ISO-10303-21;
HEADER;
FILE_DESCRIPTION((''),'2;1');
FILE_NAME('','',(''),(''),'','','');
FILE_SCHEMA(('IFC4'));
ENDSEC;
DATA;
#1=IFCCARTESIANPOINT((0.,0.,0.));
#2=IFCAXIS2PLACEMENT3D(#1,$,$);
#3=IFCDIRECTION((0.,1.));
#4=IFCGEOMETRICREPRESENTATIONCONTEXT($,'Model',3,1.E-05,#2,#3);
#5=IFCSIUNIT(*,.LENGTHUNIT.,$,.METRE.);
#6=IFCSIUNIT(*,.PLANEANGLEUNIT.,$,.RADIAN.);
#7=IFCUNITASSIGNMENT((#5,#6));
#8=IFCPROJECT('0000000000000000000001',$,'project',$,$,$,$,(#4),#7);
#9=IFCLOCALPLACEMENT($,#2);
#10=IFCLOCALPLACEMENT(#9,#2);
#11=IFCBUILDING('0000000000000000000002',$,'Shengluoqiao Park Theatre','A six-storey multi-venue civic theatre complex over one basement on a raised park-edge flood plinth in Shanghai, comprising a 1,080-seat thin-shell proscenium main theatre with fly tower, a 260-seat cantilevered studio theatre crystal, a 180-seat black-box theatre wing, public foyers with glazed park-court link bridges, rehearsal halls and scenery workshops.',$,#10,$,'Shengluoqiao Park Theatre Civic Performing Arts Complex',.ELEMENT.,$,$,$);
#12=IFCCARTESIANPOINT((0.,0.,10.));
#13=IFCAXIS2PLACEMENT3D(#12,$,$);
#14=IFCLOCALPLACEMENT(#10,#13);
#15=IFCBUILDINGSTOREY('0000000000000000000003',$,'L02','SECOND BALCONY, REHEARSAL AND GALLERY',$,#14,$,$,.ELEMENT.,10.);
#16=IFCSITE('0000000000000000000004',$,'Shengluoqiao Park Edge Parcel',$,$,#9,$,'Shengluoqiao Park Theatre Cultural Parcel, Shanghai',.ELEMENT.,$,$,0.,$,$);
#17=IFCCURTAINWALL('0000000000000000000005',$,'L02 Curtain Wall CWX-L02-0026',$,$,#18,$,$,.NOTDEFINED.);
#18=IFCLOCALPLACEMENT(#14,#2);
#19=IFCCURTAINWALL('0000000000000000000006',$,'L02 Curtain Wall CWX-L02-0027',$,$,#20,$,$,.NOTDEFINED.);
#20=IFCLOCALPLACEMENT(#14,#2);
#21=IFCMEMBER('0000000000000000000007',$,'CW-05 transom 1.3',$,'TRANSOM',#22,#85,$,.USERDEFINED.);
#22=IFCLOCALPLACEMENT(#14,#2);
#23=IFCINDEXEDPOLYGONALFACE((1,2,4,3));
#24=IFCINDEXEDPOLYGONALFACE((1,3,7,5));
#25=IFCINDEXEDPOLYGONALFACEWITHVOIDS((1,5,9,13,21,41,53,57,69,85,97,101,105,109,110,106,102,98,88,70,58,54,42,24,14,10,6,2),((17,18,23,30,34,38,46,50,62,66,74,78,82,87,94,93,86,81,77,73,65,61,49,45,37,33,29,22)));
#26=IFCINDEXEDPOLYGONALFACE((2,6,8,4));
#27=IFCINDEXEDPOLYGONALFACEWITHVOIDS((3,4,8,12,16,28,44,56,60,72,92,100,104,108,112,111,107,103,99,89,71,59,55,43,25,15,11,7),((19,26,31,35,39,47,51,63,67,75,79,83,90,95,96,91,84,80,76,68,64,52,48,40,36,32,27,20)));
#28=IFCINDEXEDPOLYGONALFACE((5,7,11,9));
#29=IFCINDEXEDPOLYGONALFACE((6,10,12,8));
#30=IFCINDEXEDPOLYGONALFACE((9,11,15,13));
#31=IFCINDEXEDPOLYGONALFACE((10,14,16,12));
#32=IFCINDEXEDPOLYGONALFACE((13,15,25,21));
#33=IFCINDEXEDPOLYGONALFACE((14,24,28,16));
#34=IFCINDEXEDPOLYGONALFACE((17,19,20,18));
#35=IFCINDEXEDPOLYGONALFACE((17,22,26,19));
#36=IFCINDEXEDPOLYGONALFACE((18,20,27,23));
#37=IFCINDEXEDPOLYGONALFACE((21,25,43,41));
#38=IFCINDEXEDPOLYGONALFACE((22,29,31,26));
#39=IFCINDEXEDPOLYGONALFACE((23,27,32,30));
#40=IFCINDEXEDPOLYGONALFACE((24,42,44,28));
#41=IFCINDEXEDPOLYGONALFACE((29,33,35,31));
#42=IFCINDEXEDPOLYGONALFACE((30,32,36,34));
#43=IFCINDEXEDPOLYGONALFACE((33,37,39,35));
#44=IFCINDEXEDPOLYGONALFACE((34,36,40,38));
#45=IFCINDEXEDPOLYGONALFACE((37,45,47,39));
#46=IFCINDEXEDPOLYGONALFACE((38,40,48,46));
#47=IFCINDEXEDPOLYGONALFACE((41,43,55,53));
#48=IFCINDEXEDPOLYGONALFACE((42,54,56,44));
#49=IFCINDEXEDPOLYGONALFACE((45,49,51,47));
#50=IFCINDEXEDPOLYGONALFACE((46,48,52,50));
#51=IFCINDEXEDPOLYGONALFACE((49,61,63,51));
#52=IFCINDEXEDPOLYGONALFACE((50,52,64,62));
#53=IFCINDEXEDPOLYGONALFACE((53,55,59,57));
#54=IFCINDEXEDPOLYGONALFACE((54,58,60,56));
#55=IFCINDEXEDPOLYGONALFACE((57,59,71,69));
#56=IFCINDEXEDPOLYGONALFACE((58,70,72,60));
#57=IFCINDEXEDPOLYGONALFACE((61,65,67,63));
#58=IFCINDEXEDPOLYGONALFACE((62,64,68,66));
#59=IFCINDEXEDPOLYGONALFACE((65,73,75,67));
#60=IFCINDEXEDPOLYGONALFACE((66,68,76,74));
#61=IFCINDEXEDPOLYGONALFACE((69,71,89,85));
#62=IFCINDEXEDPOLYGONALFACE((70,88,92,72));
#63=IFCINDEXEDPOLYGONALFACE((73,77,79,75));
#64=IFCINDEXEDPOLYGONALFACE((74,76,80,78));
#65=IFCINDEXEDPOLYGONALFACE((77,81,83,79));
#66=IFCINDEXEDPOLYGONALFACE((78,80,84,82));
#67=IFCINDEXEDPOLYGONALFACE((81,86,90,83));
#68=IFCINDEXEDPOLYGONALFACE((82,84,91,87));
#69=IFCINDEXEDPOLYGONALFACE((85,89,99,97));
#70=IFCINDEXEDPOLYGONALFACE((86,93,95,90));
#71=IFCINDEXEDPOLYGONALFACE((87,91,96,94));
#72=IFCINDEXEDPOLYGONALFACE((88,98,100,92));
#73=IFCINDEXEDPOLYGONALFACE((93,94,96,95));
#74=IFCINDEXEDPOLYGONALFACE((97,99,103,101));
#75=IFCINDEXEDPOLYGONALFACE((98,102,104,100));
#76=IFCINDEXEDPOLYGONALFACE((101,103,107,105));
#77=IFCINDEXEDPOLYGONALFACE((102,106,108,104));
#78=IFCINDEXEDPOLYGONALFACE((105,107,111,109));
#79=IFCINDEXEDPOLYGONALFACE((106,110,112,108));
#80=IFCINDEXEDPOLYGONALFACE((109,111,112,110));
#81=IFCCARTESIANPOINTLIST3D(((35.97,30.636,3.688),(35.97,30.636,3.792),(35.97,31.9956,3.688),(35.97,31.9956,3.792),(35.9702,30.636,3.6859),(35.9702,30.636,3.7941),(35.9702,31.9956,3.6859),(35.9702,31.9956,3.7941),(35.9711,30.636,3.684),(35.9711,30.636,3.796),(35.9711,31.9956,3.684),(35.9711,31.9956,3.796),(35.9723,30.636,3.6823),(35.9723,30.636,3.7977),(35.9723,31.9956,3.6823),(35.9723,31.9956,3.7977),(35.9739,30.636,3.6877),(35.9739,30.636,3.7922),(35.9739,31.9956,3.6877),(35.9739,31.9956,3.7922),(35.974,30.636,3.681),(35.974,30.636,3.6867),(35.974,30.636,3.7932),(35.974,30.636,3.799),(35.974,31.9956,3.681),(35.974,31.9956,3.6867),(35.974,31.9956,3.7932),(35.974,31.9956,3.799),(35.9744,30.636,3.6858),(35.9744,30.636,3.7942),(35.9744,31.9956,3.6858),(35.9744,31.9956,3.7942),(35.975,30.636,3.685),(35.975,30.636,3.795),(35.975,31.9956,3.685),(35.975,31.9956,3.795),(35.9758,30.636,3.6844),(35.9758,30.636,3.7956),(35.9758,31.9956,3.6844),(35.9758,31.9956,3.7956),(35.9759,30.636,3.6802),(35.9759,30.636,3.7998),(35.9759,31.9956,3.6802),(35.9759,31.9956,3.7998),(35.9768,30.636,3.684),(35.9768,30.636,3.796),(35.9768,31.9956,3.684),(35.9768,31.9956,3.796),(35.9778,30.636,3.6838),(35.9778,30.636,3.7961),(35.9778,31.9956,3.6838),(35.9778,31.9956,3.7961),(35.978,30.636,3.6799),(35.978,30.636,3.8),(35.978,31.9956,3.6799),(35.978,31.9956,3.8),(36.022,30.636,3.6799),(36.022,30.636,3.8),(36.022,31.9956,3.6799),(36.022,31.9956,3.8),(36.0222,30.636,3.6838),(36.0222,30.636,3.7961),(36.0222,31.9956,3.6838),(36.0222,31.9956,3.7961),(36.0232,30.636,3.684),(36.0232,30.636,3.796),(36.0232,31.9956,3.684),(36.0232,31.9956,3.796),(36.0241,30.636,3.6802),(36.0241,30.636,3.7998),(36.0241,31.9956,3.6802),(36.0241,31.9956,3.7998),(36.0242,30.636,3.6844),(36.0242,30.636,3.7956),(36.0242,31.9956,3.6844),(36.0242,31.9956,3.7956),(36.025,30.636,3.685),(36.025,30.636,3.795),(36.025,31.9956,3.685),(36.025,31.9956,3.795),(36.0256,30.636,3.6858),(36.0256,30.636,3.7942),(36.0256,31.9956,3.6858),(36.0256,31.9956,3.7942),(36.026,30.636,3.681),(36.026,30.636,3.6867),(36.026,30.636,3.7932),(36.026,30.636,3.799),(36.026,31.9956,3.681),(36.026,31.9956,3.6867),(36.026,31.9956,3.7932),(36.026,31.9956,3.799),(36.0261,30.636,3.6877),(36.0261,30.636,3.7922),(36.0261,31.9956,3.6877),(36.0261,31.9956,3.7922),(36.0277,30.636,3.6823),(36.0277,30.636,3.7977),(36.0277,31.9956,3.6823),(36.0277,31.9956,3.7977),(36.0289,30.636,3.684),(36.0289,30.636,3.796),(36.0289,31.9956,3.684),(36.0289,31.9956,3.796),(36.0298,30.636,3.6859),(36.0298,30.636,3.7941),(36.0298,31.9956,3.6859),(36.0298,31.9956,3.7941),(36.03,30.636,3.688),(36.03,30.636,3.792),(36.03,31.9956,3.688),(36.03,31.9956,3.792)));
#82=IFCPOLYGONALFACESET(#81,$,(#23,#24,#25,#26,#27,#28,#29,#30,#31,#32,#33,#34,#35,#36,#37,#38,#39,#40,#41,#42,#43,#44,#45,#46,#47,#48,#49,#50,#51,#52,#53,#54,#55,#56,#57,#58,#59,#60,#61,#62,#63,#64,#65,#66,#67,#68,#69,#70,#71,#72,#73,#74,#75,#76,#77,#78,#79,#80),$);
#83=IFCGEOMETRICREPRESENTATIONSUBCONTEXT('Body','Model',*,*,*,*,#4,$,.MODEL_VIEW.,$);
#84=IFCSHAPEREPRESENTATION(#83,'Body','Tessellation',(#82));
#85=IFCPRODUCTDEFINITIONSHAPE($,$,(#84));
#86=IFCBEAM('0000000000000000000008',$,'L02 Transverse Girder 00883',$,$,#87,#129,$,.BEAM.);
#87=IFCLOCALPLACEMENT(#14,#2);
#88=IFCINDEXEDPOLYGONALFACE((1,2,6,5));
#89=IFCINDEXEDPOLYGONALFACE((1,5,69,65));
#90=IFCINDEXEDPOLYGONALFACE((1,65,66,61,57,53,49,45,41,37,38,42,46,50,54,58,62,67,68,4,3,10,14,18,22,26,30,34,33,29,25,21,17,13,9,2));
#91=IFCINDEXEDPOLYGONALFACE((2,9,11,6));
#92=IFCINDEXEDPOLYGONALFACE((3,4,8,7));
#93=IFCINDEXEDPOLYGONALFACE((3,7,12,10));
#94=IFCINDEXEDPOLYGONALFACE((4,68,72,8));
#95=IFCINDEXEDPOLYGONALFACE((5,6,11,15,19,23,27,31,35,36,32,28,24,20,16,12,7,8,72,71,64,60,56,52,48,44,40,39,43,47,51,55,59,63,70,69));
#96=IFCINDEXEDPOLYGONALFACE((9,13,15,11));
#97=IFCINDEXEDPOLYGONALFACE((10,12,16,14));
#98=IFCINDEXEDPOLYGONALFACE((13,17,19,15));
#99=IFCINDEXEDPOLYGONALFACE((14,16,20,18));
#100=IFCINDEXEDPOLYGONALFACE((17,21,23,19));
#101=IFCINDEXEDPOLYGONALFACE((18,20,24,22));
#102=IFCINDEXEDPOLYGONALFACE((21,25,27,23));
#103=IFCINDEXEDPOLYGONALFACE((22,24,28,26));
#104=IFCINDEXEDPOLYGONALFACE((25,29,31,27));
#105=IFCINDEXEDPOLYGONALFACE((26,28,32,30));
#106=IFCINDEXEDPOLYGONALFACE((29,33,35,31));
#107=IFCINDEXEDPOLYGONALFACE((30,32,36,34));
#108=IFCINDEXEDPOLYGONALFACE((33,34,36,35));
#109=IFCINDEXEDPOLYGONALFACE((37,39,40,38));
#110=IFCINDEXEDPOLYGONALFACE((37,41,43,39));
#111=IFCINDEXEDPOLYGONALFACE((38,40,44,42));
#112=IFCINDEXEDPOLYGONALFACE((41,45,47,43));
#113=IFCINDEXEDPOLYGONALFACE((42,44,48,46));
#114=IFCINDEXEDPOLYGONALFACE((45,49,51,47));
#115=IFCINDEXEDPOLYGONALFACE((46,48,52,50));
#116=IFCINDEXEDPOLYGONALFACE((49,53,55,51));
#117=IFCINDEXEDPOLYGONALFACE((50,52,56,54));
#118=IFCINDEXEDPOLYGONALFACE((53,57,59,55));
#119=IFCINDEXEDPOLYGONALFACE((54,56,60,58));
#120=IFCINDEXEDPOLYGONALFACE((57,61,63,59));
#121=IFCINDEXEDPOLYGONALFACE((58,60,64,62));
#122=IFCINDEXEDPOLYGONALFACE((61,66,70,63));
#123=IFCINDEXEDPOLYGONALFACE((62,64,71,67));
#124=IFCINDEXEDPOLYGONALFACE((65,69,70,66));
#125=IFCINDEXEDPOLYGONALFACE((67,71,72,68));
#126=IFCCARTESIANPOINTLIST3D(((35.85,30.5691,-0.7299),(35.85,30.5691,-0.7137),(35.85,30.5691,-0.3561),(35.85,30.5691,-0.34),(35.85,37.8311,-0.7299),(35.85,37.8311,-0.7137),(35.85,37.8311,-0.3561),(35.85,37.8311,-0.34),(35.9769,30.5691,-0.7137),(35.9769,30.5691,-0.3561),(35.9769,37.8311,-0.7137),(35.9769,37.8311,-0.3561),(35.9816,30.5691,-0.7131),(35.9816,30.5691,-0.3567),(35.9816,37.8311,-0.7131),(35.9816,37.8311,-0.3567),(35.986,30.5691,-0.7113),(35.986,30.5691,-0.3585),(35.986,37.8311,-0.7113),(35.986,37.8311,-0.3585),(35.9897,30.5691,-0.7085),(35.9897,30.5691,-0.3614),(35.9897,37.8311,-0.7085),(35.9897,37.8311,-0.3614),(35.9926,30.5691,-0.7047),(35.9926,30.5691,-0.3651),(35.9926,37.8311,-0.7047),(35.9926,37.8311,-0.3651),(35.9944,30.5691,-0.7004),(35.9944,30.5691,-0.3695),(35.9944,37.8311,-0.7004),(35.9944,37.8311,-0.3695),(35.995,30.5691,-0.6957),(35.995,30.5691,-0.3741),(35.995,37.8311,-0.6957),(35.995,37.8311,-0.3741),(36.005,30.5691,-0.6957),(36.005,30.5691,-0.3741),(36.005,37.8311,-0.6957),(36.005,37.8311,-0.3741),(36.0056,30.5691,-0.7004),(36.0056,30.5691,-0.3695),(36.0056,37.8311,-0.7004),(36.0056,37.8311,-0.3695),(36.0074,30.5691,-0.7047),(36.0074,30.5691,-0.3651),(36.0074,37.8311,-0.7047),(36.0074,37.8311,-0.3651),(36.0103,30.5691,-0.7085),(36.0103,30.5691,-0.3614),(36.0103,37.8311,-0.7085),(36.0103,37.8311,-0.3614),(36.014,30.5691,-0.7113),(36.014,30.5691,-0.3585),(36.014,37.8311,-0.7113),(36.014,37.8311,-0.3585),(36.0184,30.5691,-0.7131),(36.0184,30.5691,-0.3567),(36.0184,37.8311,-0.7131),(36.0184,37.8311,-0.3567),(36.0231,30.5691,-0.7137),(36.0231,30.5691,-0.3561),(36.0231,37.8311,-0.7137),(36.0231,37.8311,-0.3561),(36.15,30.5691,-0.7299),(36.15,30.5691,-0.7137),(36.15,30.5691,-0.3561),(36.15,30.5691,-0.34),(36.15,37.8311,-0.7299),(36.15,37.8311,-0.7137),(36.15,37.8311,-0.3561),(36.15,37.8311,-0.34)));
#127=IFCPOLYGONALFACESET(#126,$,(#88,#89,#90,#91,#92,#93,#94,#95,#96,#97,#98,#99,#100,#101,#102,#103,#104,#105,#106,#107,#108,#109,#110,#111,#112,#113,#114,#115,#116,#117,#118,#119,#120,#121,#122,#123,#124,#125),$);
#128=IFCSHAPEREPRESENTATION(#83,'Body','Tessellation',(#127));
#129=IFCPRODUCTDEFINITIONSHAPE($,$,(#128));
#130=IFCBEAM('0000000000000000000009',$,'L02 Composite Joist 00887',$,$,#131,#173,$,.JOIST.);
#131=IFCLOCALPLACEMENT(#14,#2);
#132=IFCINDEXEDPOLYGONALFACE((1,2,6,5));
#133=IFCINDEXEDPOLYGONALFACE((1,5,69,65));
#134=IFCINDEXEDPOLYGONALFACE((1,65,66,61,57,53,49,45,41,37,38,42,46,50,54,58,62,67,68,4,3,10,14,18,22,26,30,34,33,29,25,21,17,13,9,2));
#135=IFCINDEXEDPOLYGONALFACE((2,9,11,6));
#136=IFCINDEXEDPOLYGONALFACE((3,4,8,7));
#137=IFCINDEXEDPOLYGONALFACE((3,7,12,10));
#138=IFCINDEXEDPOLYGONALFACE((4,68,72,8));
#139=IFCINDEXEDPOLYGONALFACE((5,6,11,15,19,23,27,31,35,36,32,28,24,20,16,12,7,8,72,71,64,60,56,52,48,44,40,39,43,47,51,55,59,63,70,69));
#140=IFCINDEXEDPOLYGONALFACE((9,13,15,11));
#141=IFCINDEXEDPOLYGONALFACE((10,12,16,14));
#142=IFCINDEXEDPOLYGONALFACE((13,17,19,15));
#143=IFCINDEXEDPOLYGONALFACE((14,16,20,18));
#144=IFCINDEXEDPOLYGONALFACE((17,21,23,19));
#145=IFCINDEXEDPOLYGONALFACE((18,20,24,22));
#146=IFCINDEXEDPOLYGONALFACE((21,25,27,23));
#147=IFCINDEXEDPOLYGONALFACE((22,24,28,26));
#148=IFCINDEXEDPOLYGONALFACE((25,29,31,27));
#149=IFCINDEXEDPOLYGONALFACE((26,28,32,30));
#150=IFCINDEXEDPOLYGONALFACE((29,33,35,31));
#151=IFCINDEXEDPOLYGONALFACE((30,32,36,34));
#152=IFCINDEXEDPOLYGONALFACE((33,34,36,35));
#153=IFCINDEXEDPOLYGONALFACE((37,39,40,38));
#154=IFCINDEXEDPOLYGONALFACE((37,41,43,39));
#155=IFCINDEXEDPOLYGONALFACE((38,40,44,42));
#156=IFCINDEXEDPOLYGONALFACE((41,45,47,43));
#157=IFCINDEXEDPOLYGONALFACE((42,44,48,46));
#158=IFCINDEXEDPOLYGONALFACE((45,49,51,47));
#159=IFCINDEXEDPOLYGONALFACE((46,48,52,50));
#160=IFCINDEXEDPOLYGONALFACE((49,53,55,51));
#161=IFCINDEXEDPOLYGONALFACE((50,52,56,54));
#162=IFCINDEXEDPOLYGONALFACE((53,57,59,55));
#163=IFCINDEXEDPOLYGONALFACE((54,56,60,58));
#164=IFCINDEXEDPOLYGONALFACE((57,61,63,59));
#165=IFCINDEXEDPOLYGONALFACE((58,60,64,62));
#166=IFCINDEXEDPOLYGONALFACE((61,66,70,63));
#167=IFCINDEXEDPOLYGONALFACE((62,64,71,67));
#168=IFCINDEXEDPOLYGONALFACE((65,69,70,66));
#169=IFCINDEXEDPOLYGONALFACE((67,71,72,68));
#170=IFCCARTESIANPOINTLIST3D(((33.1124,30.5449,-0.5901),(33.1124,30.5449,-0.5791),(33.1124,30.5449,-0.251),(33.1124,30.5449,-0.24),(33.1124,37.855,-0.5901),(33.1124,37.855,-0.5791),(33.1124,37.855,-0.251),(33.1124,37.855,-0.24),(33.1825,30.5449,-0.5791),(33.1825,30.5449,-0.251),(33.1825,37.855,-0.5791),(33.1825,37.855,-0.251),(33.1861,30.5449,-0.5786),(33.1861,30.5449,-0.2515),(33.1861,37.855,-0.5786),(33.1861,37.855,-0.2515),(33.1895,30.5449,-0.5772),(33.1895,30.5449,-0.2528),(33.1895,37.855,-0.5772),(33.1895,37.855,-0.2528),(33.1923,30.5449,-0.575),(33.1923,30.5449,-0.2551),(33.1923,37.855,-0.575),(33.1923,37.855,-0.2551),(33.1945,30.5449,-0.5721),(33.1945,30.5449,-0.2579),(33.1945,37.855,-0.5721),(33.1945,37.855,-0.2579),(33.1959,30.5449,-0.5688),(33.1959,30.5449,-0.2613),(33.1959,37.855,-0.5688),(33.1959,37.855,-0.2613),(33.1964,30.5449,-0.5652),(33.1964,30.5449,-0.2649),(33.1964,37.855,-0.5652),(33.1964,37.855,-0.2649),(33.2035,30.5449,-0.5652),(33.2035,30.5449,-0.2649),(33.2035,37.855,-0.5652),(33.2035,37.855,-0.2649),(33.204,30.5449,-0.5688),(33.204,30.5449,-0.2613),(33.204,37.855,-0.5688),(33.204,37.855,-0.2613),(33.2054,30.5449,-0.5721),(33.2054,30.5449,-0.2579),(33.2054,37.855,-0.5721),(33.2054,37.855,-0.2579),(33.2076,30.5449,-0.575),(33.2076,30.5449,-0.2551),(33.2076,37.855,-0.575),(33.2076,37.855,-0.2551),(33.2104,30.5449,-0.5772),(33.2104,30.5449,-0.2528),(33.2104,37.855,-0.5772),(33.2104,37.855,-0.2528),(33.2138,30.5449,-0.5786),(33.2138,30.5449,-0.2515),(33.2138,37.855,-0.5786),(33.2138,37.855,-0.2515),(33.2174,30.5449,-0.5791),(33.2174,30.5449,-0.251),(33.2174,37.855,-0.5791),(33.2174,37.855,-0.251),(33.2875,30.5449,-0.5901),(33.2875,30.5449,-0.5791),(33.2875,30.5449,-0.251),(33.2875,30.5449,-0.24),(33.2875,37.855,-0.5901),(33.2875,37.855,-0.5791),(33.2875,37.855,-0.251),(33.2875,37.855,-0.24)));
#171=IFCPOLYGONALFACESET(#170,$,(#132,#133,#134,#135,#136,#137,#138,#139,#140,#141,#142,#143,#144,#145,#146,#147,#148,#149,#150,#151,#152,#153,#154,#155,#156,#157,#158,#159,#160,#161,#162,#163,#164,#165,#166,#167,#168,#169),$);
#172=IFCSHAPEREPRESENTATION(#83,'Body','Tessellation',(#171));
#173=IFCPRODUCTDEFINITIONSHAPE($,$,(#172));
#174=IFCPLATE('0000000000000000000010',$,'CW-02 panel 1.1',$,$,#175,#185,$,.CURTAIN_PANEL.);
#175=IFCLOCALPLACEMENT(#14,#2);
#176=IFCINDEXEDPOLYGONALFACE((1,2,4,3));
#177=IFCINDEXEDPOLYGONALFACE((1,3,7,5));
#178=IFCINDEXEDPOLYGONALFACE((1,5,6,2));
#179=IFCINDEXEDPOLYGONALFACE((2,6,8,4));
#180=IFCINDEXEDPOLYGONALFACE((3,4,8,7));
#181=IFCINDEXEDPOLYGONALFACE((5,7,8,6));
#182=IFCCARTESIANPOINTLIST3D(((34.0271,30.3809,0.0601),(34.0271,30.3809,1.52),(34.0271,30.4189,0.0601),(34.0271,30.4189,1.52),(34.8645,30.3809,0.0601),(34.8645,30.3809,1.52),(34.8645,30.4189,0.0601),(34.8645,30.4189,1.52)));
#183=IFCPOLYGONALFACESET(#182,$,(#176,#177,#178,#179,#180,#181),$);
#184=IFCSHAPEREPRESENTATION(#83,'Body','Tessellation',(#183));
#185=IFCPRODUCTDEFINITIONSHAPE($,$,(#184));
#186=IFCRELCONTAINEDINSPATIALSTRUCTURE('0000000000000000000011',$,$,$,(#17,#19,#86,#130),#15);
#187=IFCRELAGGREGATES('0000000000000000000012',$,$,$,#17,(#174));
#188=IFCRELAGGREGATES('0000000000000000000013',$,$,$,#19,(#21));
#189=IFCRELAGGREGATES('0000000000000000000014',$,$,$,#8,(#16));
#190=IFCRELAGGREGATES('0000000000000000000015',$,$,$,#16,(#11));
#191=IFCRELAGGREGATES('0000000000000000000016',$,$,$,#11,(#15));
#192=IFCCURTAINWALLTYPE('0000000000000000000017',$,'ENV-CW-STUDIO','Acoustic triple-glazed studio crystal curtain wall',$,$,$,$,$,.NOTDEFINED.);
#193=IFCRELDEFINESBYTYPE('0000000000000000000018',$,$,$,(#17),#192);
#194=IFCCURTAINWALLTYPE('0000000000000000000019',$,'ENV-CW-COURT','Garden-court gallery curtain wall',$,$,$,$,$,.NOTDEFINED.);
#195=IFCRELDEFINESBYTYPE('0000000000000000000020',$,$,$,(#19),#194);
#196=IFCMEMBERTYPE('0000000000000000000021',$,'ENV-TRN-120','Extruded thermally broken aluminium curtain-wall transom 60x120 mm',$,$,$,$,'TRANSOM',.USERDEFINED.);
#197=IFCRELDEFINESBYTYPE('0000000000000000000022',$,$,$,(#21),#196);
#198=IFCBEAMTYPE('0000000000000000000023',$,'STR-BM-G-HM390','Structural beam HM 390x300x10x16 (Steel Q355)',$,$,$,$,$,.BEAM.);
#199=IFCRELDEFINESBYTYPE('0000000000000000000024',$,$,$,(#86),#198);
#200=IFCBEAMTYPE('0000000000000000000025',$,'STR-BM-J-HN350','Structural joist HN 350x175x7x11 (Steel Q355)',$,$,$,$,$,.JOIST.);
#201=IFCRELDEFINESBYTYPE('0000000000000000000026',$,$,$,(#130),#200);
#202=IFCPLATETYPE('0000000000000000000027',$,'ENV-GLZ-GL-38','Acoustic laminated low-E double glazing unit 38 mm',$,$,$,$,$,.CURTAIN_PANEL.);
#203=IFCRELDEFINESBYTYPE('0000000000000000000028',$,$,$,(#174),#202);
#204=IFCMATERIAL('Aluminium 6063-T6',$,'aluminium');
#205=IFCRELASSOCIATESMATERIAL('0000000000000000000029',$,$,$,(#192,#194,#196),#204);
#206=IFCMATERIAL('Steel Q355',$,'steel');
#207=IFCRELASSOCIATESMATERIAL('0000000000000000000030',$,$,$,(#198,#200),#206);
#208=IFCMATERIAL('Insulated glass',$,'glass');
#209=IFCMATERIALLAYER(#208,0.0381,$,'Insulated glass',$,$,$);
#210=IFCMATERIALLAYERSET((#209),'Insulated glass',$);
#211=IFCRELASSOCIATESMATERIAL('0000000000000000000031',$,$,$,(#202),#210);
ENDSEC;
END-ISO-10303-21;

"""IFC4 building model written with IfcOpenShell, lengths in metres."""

from ifc_helpers import new_model, si_unit, direction, frame, origin, origin_2d, place, context, subcontext, project, spatial, rectangle, hollow_rectangle, i_section, extrude, material, layer, layer_set, material_profile, profile_set, type_object, element, aggregate, save


model = new_model("IFC4")

# Units and contexts
model_context = context("Model", 3, precision=1e-05, world=origin(), true_north=direction((0.0, 1.0)))
body_context = subcontext(model_context, "Body", "Model", "MODEL_VIEW")
ifc_project = project(units=[si_unit("LENGTHUNIT", "METRE"), si_unit("PLANEANGLEUNIT", "RADIAN")], contexts=[model_context])

# Site, building, storey
site_placement = place(None, origin())
site = spatial("IfcSite", under=ifc_project, at=site_placement, Name="Shengluoqiao Park Edge Parcel", LongName="Shengluoqiao Park Theatre Cultural Parcel, Shanghai", CompositionType="ELEMENT", RefElevation=0.0)
building_placement = place(site_placement, origin())
building = spatial("IfcBuilding", under=site, at=building_placement, Name="Shengluoqiao Park Theatre", Description="A six-storey multi-venue civic theatre complex over one basement on a raised park-edge flood plinth in Shanghai, comprising a 1,080-seat thin-shell proscenium main theatre with fly tower, a 260-seat cantilevered studio theatre crystal, a 180-seat black-box theatre wing, public foyers with glazed park-court link bridges, rehearsal halls and scenery workshops.", LongName="Shengluoqiao Park Theatre Civic Performing Arts Complex", CompositionType="ELEMENT")
storey_placement = place(building_placement, frame((0.0, 0.0, 10.0)))
storey = spatial("IfcBuildingStorey", under=building, at=storey_placement, Name="L02", Description="SECOND BALCONY, REHEARSAL AND GALLERY", CompositionType="ELEMENT", Elevation=10.0)

# Shared definitions
ifc_material_1 = material(Name="Steel Q355", Category="steel")

# Curtain wall
ifc_material_2 = material(Name="Aluminium 6063-T6", Category="aluminium")
curtain_wall_type_1 = type_object("IfcCurtainWallType", Name="ENV-CW-STUDIO", Description="Acoustic triple-glazed studio crystal curtain wall", PredefinedType="NOTDEFINED", material=ifc_material_2)
curtain_wall_1_placement = place(storey_placement, origin())
curtain_wall_1 = element("IfcCurtainWall", 1, at=curtain_wall_1_placement, inside=storey, type_object=curtain_wall_type_1, Name="L02 Curtain Wall CWX-L02-0026", PredefinedType="NOTDEFINED")

# Curtain wall
curtain_wall_type_2 = type_object("IfcCurtainWallType", Name="ENV-CW-COURT", Description="Garden-court gallery curtain wall", PredefinedType="NOTDEFINED", material=ifc_material_2)
curtain_wall_2_placement = place(storey_placement, origin())
curtain_wall_2 = element("IfcCurtainWall", 2, at=curtain_wall_2_placement, inside=storey, type_object=curtain_wall_type_2, Name="L02 Curtain Wall CWX-L02-0027", PredefinedType="NOTDEFINED")

# Member
ifc_material_profile_1 = material_profile(ifc_material_2, hollow_rectangle(XDim=0.0601, YDim=0.1201, WallThickness=0.0039, InnerFilletRadius=0.0039, OuterFilletRadius=0.0081, at=origin_2d()), Name="ALU TRANSOM 120x60x4")
ifc_profile_set_1 = profile_set([ifc_material_profile_1], Name="Aluminium 6063-T6")
member_type_1 = type_object("IfcMemberType", Name="ENV-TRN-120", Description="Extruded thermally broken aluminium curtain-wall transom 60x120 mm", ElementType="TRANSOM", PredefinedType="USERDEFINED", material=ifc_profile_set_1)
member_1_placement = place(storey_placement, frame((36.0, 30.636, 3.74), z_axis=(0.0, 1.0, 0.0), x_axis=(-1.0, 0.0, 0.0)))
member_1 = element("IfcMember", 3, at=member_1_placement, type_object=member_type_1, Name="CW-05 transom 1.3", ObjectType="TRANSOM", PredefinedType="USERDEFINED", context=body_context, shape_type="SweptSolid", body=[
    extrude(hollow_rectangle(XDim=0.0601, YDim=0.1201, WallThickness=0.0039, InnerFilletRadius=0.0039, OuterFilletRadius=0.0081, at=origin_2d()), origin(), (0.0, 0.0, 1.0), 1.3596),
])

# Beams
ifc_material_profile_2 = material_profile(ifc_material_1, i_section(OverallWidth=0.3, OverallDepth=0.3899, WebThickness=0.01, FlangeThickness=0.0161, FilletRadius=0.0181, at=origin_2d()), Name="HM 390x300x10x16")
ifc_profile_set_2 = profile_set([ifc_material_profile_2], Name="Steel Q355")
beam_type_1 = type_object("IfcBeamType", Name="STR-BM-G-HM390", Description="Structural beam HM 390x300x10x16 (Steel Q355)", PredefinedType="BEAM", material=ifc_profile_set_2)
beam_1_placement = place(storey_placement, frame((36.0, 30.5691, -0.5349), z_axis=(0.0, 1.0, 0.0), x_axis=(-1.0, 0.0, 0.0)))
element("IfcBeam", 4, at=beam_1_placement, inside=storey, type_object=beam_type_1, Name="L02 Transverse Girder 00883", PredefinedType="BEAM", context=body_context, shape_type="SweptSolid", body=[
    extrude(i_section(OverallWidth=0.3, OverallDepth=0.3899, WebThickness=0.01, FlangeThickness=0.0161, FilletRadius=0.0181, at=origin_2d()), origin(), (0.0, 0.0, 1.0), 7.262),
])
ifc_material_profile_3 = material_profile(ifc_material_1, i_section(OverallWidth=0.175, OverallDepth=0.3501, WebThickness=0.0071, FlangeThickness=0.011, FilletRadius=0.0139, at=origin_2d()), Name="HN 350x175x7x11")
ifc_profile_set_3 = profile_set([ifc_material_profile_3], Name="Steel Q355")
beam_type_2 = type_object("IfcBeamType", Name="STR-BM-J-HN350", Description="Structural joist HN 350x175x7x11 (Steel Q355)", PredefinedType="JOIST", material=ifc_profile_set_3)
beam_2_placement = place(storey_placement, frame((33.2, 30.5449, -0.415), z_axis=(0.0, 1.0, 0.0), x_axis=(-1.0, 0.0, 0.0)))
element("IfcBeam", 5, at=beam_2_placement, inside=storey, type_object=beam_type_2, Name="L02 Composite Joist 00887", PredefinedType="JOIST", context=body_context, shape_type="SweptSolid", body=[
    extrude(i_section(OverallWidth=0.175, OverallDepth=0.3501, WebThickness=0.0071, FlangeThickness=0.011, FilletRadius=0.0139, at=origin_2d()), origin(), (0.0, 0.0, 1.0), 7.3101),
])

# Plate
ifc_material_3 = material(Name="Insulated glass", Category="glass")
ifc_layer = layer(ifc_material_3, 0.0381, Name="Insulated glass")
ifc_layer_set = layer_set([ifc_layer], Name="Insulated glass")
plate_type = type_object("IfcPlateType", Name="ENV-GLZ-GL-38", Description="Acoustic laminated low-E double glazing unit 38 mm", PredefinedType="CURTAIN_PANEL", material=ifc_layer_set)
plate_1_placement = place(storey_placement, frame((34.4458, 30.3999, 0.0601), z_axis=(0.0, 0.0, 1.0), x_axis=(1.0, 0.0, 0.0)))
plate_1 = element("IfcPlate", 6, at=plate_1_placement, type_object=plate_type, Name="CW-02 panel 1.1", PredefinedType="CURTAIN_PANEL", context=body_context, shape_type="SweptSolid", body=[
    extrude(rectangle(XDim=0.8374, YDim=0.0381, at=origin_2d()), origin(), (0.0, 0.0, 1.0), 1.46),
])
aggregate(curtain_wall_1, [plate_1])
aggregate(curtain_wall_2, [member_1])

save(model, "model.ifc")
